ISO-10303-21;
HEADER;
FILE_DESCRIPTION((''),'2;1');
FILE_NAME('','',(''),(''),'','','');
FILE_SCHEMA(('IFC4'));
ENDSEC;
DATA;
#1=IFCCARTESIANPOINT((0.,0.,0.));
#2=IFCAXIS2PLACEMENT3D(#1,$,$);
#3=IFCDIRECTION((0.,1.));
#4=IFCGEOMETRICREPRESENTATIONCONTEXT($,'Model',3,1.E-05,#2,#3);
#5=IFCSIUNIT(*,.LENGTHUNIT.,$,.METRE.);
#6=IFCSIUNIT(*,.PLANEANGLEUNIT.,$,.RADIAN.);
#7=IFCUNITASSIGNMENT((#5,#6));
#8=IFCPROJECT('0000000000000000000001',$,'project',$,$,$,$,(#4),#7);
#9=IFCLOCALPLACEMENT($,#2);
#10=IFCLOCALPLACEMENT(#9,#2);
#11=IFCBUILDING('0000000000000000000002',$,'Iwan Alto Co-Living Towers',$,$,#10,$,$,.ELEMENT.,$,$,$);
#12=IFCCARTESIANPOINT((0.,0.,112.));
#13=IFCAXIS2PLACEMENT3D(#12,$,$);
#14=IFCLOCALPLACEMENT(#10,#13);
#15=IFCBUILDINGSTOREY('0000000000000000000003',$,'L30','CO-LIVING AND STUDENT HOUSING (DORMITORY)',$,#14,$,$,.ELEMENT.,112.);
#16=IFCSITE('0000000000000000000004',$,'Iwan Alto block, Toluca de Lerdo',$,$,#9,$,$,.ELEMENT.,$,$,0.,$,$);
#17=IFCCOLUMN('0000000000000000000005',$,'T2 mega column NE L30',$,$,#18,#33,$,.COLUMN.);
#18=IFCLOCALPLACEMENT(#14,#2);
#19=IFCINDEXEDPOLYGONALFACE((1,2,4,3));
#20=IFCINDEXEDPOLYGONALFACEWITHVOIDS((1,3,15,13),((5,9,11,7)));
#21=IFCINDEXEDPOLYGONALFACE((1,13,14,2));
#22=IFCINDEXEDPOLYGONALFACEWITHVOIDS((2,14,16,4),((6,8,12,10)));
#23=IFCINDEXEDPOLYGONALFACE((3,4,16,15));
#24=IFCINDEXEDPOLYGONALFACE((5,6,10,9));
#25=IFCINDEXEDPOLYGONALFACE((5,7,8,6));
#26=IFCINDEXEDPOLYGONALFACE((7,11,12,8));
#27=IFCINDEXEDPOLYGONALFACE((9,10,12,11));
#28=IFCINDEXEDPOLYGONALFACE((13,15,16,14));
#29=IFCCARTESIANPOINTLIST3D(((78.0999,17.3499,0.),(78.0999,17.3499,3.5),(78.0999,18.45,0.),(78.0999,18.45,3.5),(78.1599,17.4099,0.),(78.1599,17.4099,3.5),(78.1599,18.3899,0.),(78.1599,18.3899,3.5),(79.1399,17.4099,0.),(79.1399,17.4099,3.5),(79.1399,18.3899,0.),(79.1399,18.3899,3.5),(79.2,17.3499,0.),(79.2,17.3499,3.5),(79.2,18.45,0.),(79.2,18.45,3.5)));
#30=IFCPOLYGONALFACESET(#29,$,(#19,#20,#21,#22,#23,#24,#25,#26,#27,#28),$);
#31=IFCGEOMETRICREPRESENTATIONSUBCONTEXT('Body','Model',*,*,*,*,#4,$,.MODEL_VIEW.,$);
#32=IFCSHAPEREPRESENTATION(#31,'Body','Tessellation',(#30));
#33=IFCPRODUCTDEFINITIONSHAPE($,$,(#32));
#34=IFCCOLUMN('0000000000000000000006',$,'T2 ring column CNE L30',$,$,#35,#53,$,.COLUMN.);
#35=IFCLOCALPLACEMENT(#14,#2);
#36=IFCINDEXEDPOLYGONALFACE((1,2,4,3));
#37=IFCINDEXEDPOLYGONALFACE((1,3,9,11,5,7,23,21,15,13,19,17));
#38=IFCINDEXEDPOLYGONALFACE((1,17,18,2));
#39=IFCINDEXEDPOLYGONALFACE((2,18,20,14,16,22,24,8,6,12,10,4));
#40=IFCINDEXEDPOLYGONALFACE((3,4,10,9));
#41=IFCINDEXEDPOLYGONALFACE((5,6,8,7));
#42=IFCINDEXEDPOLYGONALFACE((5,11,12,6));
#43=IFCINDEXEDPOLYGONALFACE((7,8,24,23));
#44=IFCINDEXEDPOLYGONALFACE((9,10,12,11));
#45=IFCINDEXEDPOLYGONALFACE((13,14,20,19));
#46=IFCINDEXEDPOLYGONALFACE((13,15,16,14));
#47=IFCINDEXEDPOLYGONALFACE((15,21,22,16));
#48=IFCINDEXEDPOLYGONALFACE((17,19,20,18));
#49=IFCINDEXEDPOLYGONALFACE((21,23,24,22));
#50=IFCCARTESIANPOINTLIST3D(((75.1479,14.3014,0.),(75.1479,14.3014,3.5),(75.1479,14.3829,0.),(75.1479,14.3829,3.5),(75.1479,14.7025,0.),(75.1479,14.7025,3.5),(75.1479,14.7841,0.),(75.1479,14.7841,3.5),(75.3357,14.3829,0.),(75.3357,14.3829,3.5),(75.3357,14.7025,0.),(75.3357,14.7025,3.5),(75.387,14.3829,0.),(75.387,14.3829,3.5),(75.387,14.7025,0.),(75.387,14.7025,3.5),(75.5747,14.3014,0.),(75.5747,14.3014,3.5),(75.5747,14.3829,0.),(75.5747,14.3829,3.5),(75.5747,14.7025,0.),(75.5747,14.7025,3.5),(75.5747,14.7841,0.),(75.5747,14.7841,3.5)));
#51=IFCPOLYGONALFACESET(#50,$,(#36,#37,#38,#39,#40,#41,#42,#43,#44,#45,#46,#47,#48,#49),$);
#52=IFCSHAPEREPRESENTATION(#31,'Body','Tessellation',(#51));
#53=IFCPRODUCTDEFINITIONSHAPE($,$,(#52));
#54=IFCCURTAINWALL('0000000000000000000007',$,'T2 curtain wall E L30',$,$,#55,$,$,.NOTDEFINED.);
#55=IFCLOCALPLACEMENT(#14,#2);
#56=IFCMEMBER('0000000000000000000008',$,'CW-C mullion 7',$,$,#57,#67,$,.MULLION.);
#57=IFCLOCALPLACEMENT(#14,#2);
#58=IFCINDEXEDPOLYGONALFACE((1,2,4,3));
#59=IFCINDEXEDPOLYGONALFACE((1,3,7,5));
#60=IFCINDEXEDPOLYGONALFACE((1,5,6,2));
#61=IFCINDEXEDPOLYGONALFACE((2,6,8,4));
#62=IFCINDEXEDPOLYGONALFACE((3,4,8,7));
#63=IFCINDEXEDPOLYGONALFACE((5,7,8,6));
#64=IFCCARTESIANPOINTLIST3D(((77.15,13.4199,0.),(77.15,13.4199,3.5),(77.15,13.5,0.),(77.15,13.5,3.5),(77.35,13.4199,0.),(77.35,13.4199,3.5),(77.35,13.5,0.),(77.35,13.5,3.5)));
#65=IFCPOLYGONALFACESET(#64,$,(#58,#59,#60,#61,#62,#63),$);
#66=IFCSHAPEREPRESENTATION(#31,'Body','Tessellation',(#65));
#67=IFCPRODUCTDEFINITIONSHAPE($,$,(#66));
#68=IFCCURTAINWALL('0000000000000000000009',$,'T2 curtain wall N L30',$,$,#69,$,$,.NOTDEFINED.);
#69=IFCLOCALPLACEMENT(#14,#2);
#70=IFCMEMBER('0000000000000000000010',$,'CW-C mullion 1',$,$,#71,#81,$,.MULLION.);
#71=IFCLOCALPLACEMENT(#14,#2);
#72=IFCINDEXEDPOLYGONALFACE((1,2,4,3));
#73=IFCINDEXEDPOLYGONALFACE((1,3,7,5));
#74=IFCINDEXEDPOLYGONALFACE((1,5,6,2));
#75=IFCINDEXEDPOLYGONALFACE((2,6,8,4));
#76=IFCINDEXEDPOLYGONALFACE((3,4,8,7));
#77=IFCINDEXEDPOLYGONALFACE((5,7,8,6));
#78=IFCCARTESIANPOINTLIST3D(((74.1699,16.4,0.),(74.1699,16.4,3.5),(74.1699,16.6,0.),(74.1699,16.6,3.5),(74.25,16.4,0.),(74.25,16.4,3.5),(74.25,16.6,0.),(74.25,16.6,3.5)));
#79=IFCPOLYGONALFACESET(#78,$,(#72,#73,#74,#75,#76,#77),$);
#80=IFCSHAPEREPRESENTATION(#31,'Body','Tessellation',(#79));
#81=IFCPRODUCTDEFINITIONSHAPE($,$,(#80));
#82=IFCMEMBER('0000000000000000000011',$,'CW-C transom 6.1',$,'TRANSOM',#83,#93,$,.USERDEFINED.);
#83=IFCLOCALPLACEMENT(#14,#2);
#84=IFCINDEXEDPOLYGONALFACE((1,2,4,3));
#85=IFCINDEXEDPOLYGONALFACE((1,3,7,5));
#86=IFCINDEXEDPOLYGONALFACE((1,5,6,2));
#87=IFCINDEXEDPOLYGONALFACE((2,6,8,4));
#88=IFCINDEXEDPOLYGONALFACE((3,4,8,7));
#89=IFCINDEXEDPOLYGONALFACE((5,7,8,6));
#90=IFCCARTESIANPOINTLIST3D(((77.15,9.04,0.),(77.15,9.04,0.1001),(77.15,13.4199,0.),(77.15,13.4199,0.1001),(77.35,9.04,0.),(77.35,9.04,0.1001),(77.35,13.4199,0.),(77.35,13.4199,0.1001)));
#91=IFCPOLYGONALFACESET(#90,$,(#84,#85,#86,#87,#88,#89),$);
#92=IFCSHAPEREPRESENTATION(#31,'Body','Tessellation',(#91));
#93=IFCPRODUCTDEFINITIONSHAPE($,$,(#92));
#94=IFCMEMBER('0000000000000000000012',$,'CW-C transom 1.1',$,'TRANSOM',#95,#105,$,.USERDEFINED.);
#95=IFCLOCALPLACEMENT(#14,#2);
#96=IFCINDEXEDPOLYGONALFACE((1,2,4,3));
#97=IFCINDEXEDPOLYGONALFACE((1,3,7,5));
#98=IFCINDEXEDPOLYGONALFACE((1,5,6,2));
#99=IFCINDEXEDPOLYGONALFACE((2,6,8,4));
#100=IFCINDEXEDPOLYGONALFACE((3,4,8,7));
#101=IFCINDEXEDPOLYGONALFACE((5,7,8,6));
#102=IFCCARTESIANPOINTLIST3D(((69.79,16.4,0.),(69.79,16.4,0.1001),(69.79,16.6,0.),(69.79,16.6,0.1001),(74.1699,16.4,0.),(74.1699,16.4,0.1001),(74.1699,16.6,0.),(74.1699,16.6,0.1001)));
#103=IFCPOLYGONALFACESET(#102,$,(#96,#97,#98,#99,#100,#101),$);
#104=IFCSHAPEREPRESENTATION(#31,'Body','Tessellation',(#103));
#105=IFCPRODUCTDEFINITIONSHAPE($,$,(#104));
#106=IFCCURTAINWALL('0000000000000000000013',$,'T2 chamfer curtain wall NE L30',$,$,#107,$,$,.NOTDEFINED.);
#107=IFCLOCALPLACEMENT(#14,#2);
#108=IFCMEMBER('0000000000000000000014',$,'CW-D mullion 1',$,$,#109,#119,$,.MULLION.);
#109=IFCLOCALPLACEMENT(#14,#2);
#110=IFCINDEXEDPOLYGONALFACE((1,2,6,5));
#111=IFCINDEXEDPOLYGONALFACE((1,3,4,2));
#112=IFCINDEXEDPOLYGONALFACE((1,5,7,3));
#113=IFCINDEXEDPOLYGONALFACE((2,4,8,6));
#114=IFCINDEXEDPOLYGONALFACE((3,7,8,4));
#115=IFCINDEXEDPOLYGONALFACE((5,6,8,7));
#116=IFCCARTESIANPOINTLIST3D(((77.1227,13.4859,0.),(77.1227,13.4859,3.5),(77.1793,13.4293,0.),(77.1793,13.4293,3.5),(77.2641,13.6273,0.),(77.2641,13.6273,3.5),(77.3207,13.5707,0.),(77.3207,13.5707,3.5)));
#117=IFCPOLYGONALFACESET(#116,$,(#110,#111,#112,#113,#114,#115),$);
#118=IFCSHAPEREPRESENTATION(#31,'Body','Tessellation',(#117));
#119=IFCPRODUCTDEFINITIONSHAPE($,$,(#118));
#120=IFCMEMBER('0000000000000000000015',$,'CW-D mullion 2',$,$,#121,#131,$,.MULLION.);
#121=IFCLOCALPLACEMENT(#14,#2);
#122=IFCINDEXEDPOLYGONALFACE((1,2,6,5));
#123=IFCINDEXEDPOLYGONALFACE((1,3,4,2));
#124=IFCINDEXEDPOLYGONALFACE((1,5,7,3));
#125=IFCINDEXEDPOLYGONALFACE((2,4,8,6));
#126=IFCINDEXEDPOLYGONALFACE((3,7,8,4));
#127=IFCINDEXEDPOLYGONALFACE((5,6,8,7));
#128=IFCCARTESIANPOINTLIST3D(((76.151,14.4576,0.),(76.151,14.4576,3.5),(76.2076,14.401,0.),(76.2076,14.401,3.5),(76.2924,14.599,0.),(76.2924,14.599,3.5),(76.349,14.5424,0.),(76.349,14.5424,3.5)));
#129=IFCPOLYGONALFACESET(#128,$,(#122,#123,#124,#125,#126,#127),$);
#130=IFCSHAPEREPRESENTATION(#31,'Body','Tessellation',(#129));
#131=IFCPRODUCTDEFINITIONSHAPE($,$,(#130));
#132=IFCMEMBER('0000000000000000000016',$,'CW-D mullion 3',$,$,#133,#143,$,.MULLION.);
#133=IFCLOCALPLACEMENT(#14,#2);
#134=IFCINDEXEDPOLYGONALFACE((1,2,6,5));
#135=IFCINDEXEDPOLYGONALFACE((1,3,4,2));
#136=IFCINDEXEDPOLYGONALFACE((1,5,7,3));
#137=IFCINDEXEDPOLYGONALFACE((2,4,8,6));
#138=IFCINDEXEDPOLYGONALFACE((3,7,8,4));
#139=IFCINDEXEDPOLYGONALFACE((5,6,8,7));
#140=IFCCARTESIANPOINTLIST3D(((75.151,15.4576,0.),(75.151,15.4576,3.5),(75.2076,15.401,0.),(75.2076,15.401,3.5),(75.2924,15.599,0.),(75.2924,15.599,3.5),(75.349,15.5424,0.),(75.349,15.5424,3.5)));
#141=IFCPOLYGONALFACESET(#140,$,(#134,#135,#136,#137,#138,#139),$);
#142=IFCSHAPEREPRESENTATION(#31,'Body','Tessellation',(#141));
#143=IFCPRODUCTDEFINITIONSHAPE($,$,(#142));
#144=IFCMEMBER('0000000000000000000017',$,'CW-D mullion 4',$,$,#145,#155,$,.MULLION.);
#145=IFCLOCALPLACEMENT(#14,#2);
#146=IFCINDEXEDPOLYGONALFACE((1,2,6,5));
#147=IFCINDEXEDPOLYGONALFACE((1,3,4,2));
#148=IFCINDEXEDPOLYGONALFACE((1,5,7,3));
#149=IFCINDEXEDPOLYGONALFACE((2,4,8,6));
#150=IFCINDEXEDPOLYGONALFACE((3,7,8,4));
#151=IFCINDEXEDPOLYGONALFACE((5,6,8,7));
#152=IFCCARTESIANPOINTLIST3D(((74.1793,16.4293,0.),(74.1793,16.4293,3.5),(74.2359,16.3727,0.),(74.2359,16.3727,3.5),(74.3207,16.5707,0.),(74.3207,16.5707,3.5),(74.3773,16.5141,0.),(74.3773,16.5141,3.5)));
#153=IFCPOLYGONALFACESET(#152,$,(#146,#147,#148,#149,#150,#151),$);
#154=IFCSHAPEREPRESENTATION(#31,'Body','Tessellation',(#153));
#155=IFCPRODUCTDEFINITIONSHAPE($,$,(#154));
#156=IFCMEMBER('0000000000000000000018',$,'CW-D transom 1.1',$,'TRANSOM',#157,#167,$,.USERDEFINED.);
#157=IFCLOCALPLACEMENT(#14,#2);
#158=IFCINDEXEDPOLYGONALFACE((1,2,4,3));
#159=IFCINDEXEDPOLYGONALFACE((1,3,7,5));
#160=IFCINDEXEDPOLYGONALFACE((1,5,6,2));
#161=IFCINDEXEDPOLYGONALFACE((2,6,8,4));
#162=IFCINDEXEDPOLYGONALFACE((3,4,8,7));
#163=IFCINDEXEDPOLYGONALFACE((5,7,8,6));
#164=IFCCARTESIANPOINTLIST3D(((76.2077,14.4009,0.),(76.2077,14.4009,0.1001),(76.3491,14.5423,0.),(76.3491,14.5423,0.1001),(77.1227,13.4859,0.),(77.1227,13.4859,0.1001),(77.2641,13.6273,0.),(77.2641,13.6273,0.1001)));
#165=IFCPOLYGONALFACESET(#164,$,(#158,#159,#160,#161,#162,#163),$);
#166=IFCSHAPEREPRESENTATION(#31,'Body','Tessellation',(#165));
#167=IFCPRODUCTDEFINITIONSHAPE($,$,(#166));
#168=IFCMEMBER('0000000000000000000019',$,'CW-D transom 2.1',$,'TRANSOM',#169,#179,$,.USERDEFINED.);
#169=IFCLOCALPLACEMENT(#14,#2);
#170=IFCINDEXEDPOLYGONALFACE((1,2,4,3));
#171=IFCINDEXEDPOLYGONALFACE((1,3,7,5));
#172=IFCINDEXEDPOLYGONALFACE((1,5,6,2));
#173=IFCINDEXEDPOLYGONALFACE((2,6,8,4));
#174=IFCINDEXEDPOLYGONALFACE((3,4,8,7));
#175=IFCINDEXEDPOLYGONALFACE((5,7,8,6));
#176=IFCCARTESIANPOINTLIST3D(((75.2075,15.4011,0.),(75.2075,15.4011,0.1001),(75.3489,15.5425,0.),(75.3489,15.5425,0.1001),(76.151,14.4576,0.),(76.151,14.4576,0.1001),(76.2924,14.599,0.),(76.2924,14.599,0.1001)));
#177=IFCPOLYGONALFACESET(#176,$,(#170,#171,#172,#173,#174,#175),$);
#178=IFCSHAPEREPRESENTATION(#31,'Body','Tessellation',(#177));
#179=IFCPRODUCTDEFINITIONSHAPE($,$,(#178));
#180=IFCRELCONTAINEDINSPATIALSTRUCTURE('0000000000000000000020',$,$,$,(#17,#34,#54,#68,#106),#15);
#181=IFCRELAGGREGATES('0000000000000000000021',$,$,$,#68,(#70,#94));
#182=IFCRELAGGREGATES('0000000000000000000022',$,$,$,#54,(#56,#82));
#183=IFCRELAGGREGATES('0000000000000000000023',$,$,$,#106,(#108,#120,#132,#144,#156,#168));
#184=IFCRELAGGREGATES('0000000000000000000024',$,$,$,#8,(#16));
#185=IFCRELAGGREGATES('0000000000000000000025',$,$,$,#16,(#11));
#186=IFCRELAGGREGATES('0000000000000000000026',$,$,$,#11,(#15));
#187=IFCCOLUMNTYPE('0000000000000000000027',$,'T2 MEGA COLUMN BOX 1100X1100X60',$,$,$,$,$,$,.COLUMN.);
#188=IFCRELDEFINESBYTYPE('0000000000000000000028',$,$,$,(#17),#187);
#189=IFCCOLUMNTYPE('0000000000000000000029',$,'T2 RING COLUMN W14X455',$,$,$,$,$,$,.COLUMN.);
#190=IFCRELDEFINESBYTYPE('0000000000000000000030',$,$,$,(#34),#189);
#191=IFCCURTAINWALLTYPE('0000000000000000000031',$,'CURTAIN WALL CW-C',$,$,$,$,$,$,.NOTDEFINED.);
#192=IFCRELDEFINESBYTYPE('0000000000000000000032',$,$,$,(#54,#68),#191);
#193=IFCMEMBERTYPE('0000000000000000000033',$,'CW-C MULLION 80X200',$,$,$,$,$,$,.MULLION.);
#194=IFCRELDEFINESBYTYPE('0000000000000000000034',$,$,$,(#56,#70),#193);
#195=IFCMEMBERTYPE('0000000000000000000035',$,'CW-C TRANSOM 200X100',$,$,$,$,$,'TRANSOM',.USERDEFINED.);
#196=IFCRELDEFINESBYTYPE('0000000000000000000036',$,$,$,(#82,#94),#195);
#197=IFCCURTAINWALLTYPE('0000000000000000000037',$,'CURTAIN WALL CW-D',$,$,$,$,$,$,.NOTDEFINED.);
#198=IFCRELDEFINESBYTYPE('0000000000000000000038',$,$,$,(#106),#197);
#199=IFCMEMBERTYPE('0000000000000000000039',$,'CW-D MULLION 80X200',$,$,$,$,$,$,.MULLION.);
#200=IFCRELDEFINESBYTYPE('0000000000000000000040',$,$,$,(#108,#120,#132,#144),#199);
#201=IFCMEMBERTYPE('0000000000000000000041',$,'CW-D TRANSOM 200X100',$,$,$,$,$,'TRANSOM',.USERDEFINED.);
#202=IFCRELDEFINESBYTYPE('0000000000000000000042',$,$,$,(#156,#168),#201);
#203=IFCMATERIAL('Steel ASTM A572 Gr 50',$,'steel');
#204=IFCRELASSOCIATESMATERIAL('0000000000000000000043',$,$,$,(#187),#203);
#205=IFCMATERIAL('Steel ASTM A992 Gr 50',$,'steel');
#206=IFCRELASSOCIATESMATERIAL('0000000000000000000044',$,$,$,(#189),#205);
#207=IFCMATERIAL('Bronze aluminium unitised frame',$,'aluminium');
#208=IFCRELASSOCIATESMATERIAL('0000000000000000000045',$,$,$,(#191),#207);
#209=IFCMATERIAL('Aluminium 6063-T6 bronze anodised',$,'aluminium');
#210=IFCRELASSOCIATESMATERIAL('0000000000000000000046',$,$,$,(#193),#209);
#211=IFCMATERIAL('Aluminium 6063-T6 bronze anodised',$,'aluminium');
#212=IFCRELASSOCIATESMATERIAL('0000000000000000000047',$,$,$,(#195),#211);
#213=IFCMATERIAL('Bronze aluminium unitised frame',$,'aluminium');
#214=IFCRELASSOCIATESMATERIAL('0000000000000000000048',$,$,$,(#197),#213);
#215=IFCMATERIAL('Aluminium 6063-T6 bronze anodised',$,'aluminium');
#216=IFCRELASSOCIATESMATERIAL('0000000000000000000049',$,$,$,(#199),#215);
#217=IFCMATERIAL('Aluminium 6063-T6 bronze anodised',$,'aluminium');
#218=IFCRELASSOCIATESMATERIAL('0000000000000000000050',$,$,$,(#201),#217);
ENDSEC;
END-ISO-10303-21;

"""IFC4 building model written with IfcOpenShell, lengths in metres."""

from ifc_helpers import new_model, si_unit, direction, frame, origin, origin_2d, place, context, subcontext, project, spatial, rectangle, hollow_rectangle, i_section, extrude, material, material_profile, profile_set, type_object, element, aggregate, save


model = new_model("IFC4")

# Units and contexts
model_context = context("Model", 3, precision=1e-05, world=origin(), true_north=direction((0.0, 1.0)))
body_context = subcontext(model_context, "Body", "Model", "MODEL_VIEW")
ifc_project = project(units=[si_unit("LENGTHUNIT", "METRE"), si_unit("PLANEANGLEUNIT", "RADIAN")], contexts=[model_context])

# Site, building, storey
site_placement = place(None, origin())
site = spatial("IfcSite", under=ifc_project, at=site_placement, Name="Iwan Alto block, Toluca de Lerdo", CompositionType="ELEMENT", RefElevation=0.0)
building_placement = place(site_placement, origin())
building = spatial("IfcBuilding", under=site, at=building_placement, Name="Iwan Alto Co-Living Towers", CompositionType="ELEMENT")
storey_placement = place(building_placement, frame((0.0, 0.0, 112.0)))
storey = spatial("IfcBuildingStorey", under=building, at=storey_placement, Name="L30", Description="CO-LIVING AND STUDENT HOUSING (DORMITORY)", CompositionType="ELEMENT", Elevation=112.0)

# Columns
ifc_material_1 = material(Name="Steel ASTM A572 Gr 50", Category="steel")
ifc_material_profile_1 = material_profile(ifc_material_1, hollow_rectangle(XDim=1.1001, YDim=1.1001, WallThickness=0.0601, at=origin_2d()), Name="BOX 1100X1100X60")
ifc_profile_set_1 = profile_set([ifc_material_profile_1], Name="Steel ASTM A572 Gr 50")
column_type_1 = type_object("IfcColumnType", Name="T2 MEGA COLUMN BOX 1100X1100X60", PredefinedType="COLUMN", material=ifc_profile_set_1)
column_1_placement = place(storey_placement, frame((78.6499, 17.8999, 0.0), z_axis=(0.0, 0.0, 1.0), x_axis=(1.0, 0.0, 0.0)))
element("IfcColumn", 1, at=column_1_placement, inside=storey, type_object=column_type_1, Name="T2 mega column NE L30", PredefinedType="COLUMN", context=body_context, shape_type="SweptSolid", body=[
    extrude(hollow_rectangle(XDim=1.1001, YDim=1.1001, WallThickness=0.0601, at=origin_2d()), origin(), (0.0, 0.0, 1.0), 3.5),
])
ifc_material_2 = material(Name="Steel ASTM A992 Gr 50", Category="steel")
ifc_material_profile_2 = material_profile(ifc_material_2, i_section(OverallWidth=0.4268, OverallDepth=0.4827, WebThickness=0.0513, FlangeThickness=0.0815, at=origin_2d()), Name="W14X455")
ifc_profile_set_2 = profile_set([ifc_material_profile_2], Name="Steel ASTM A992 Gr 50")
column_type_2 = type_object("IfcColumnType", Name="T2 RING COLUMN W14X455", PredefinedType="COLUMN", material=ifc_profile_set_2)
column_2_placement = place(storey_placement, frame((75.3613, 14.5427, 0.0), z_axis=(0.0, 0.0, 1.0), x_axis=(1.0, 0.0, 0.0)))
element("IfcColumn", 2, at=column_2_placement, inside=storey, type_object=column_type_2, Name="T2 ring column CNE L30", PredefinedType="COLUMN", context=body_context, shape_type="SweptSolid", body=[
    extrude(i_section(OverallWidth=0.4268, OverallDepth=0.4827, WebThickness=0.0513, FlangeThickness=0.0815, at=origin_2d()), origin(), (0.0, 0.0, 1.0), 3.5),
])

# Curtain walls, members
ifc_material_3 = material(Name="Bronze aluminium unitised frame", Category="aluminium")
curtain_wall_type_1 = type_object("IfcCurtainWallType", Name="CURTAIN WALL CW-C", PredefinedType="NOTDEFINED", material=ifc_material_3)
curtain_wall_1_placement = place(storey_placement, origin())
curtain_wall_1 = element("IfcCurtainWall", 3, at=curtain_wall_1_placement, inside=storey, type_object=curtain_wall_type_1, Name="T2 curtain wall E L30", PredefinedType="NOTDEFINED")
ifc_material_4 = material(Name="Aluminium 6063-T6 bronze anodised", Category="aluminium")
ifc_material_profile_3 = material_profile(ifc_material_4, rectangle(XDim=0.2, YDim=0.0801, at=origin_2d()), Name="AL 80X200")
ifc_profile_set_3 = profile_set([ifc_material_profile_3], Name="Aluminium 6063-T6 bronze anodised")
member_type_1 = type_object("IfcMemberType", Name="CW-C MULLION 80X200", PredefinedType="MULLION", material=ifc_profile_set_3)
member_1_placement = place(storey_placement, frame((77.25, 13.46, 0.0), z_axis=(0.0, 0.0, 1.0), x_axis=(-1.0, 0.0, 0.0)))
member_1 = element("IfcMember", 4, at=member_1_placement, type_object=member_type_1, Name="CW-C mullion 7", PredefinedType="MULLION", context=body_context, shape_type="SweptSolid", body=[
    extrude(rectangle(XDim=0.2, YDim=0.0801, at=origin_2d()), origin(), (0.0, 0.0, 1.0), 3.5),
])
curtain_wall_2_placement = place(storey_placement, origin())
curtain_wall_2 = element("IfcCurtainWall", 5, at=curtain_wall_2_placement, inside=storey, type_object=curtain_wall_type_1, Name="T2 curtain wall N L30", PredefinedType="NOTDEFINED")
member_2_placement = place(storey_placement, frame((74.21, 16.5, 0.0), z_axis=(0.0, 0.0, 1.0), x_axis=(0.0, -1.0, 0.0)))
member_2 = element("IfcMember", 6, at=member_2_placement, type_object=member_type_1, Name="CW-C mullion 1", PredefinedType="MULLION", context=body_context, shape_type="SweptSolid", body=[
    extrude(rectangle(XDim=0.2, YDim=0.0801, at=origin_2d()), origin(), (0.0, 0.0, 1.0), 3.5),
])

# Members
ifc_material_5 = material(Name="Aluminium 6063-T6 bronze anodised", Category="aluminium")
ifc_material_profile_4 = material_profile(ifc_material_5, rectangle(XDim=0.2, YDim=0.1001, at=origin_2d()), Name="AL 200X100")
ifc_profile_set_4 = profile_set([ifc_material_profile_4], Name="Aluminium 6063-T6 bronze anodised")
member_type_2 = type_object("IfcMemberType", Name="CW-C TRANSOM 200X100", ElementType="TRANSOM", PredefinedType="USERDEFINED", material=ifc_profile_set_4)
member_3_placement = place(storey_placement, frame((77.25, 9.04, 0.05), z_axis=(0.0, 1.0, 0.0), x_axis=(-1.0, 0.0, 0.0)))
member_3 = element("IfcMember", 7, at=member_3_placement, type_object=member_type_2, Name="CW-C transom 6.1", ObjectType="TRANSOM", PredefinedType="USERDEFINED", context=body_context, shape_type="SweptSolid", body=[
    extrude(rectangle(XDim=0.2, YDim=0.1001, at=origin_2d()), origin(), (0.0, 0.0, 1.0), 4.3799),
])
member_4_placement = place(storey_placement, frame((74.1699, 16.5, 0.05), z_axis=(-1.0, 0.0, 0.0), x_axis=(0.0, -1.0, 0.0)))
member_4 = element("IfcMember", 8, at=member_4_placement, type_object=member_type_2, Name="CW-C transom 1.1", ObjectType="TRANSOM", PredefinedType="USERDEFINED", context=body_context, shape_type="SweptSolid", body=[
    extrude(rectangle(XDim=0.2, YDim=0.1001, at=origin_2d()), origin(), (0.0, 0.0, 1.0), 4.3799),
])
aggregate(curtain_wall_2, [member_2, member_4])

# Curtain wall, members
ifc_material_6 = material(Name="Bronze aluminium unitised frame", Category="aluminium")
curtain_wall_type_2 = type_object("IfcCurtainWallType", Name="CURTAIN WALL CW-D", PredefinedType="NOTDEFINED", material=ifc_material_6)
curtain_wall_3_placement = place(storey_placement, origin())
curtain_wall_3 = element("IfcCurtainWall", 9, at=curtain_wall_3_placement, inside=storey, type_object=curtain_wall_type_2, Name="T2 chamfer curtain wall NE L30", PredefinedType="NOTDEFINED")
ifc_material_7 = material(Name="Aluminium 6063-T6 bronze anodised", Category="aluminium")
ifc_material_profile_5 = material_profile(ifc_material_7, rectangle(XDim=0.2, YDim=0.0801, at=origin_2d()), Name="AL 80X200")
ifc_profile_set_5 = profile_set([ifc_material_profile_5], Name="Aluminium 6063-T6 bronze anodised")
member_type_3 = type_object("IfcMemberType", Name="CW-D MULLION 80X200", PredefinedType="MULLION", material=ifc_profile_set_5)
member_5_placement = place(storey_placement, frame((77.2217, 13.5283, 0.0), z_axis=(0.0, 0.0, 1.0), x_axis=(-0.707107, -0.707107, 0.0)))
member_5 = element("IfcMember", 10, at=member_5_placement, type_object=member_type_3, Name="CW-D mullion 1", PredefinedType="MULLION", context=body_context, shape_type="SweptSolid", body=[
    extrude(rectangle(XDim=0.2, YDim=0.0801, at=origin_2d()), origin(), (0.0, 0.0, 1.0), 3.5),
])
member_6_placement = place(storey_placement, frame((76.25, 14.5, 0.0), z_axis=(0.0, 0.0, 1.0), x_axis=(-0.707107, -0.707107, 0.0)))
member_6 = element("IfcMember", 11, at=member_6_placement, type_object=member_type_3, Name="CW-D mullion 2", PredefinedType="MULLION", context=body_context, shape_type="SweptSolid", body=[
    extrude(rectangle(XDim=0.2, YDim=0.0801, at=origin_2d()), origin(), (0.0, 0.0, 1.0), 3.5),
])
member_7_placement = place(storey_placement, frame((75.25, 15.5, 0.0), z_axis=(0.0, 0.0, 1.0), x_axis=(-0.707107, -0.707107, 0.0)))
member_7 = element("IfcMember", 12, at=member_7_placement, type_object=member_type_3, Name="CW-D mullion 3", PredefinedType="MULLION", context=body_context, shape_type="SweptSolid", body=[
    extrude(rectangle(XDim=0.2, YDim=0.0801, at=origin_2d()), origin(), (0.0, 0.0, 1.0), 3.5),
])
member_8_placement = place(storey_placement, frame((74.2783, 16.4717, 0.0), z_axis=(0.0, 0.0, 1.0), x_axis=(-0.707107, -0.707107, 0.0)))
member_8 = element("IfcMember", 13, at=member_8_placement, type_object=member_type_3, Name="CW-D mullion 4", PredefinedType="MULLION", context=body_context, shape_type="SweptSolid", body=[
    extrude(rectangle(XDim=0.2, YDim=0.0801, at=origin_2d()), origin(), (0.0, 0.0, 1.0), 3.5),
])
ifc_material_8 = material(Name="Aluminium 6063-T6 bronze anodised", Category="aluminium")
ifc_material_profile_6 = material_profile(ifc_material_8, rectangle(XDim=0.2, YDim=0.1001, at=origin_2d()), Name="AL 200X100")
ifc_profile_set_6 = profile_set([ifc_material_profile_6], Name="Aluminium 6063-T6 bronze anodised")
member_type_4 = type_object("IfcMemberType", Name="CW-D TRANSOM 200X100", ElementType="TRANSOM", PredefinedType="USERDEFINED", material=ifc_profile_set_6)
member_9_placement = place(storey_placement, frame((77.1934, 13.5566, 0.05), z_axis=(-0.707107, 0.707107, 0.0), x_axis=(-0.707107, -0.707107, 0.0)))
member_9 = element("IfcMember", 14, at=member_9_placement, type_object=member_type_4, Name="CW-D transom 1.1", ObjectType="TRANSOM", PredefinedType="USERDEFINED", context=body_context, shape_type="SweptSolid", body=[
    extrude(rectangle(XDim=0.2, YDim=0.1001, at=origin_2d()), origin(), (0.0, 0.0, 1.0), 1.2939),
])
member_10_placement = place(storey_placement, frame((76.2217, 14.5283, 0.05), z_axis=(-0.707107, 0.707107, 0.0), x_axis=(-0.707107, -0.707107, 0.0)))
member_10 = element("IfcMember", 15, at=member_10_placement, type_object=member_type_4, Name="CW-D transom 2.1", ObjectType="TRANSOM", PredefinedType="USERDEFINED", context=body_context, shape_type="SweptSolid", body=[
    extrude(rectangle(XDim=0.2, YDim=0.1001, at=origin_2d()), origin(), (0.0, 0.0, 1.0), 1.3342),
])

aggregate(curtain_wall_1, [member_1, member_3])
aggregate(curtain_wall_3, [member_5, member_6, member_7, member_8, member_9, member_10])

save(model, "model.ifc")
